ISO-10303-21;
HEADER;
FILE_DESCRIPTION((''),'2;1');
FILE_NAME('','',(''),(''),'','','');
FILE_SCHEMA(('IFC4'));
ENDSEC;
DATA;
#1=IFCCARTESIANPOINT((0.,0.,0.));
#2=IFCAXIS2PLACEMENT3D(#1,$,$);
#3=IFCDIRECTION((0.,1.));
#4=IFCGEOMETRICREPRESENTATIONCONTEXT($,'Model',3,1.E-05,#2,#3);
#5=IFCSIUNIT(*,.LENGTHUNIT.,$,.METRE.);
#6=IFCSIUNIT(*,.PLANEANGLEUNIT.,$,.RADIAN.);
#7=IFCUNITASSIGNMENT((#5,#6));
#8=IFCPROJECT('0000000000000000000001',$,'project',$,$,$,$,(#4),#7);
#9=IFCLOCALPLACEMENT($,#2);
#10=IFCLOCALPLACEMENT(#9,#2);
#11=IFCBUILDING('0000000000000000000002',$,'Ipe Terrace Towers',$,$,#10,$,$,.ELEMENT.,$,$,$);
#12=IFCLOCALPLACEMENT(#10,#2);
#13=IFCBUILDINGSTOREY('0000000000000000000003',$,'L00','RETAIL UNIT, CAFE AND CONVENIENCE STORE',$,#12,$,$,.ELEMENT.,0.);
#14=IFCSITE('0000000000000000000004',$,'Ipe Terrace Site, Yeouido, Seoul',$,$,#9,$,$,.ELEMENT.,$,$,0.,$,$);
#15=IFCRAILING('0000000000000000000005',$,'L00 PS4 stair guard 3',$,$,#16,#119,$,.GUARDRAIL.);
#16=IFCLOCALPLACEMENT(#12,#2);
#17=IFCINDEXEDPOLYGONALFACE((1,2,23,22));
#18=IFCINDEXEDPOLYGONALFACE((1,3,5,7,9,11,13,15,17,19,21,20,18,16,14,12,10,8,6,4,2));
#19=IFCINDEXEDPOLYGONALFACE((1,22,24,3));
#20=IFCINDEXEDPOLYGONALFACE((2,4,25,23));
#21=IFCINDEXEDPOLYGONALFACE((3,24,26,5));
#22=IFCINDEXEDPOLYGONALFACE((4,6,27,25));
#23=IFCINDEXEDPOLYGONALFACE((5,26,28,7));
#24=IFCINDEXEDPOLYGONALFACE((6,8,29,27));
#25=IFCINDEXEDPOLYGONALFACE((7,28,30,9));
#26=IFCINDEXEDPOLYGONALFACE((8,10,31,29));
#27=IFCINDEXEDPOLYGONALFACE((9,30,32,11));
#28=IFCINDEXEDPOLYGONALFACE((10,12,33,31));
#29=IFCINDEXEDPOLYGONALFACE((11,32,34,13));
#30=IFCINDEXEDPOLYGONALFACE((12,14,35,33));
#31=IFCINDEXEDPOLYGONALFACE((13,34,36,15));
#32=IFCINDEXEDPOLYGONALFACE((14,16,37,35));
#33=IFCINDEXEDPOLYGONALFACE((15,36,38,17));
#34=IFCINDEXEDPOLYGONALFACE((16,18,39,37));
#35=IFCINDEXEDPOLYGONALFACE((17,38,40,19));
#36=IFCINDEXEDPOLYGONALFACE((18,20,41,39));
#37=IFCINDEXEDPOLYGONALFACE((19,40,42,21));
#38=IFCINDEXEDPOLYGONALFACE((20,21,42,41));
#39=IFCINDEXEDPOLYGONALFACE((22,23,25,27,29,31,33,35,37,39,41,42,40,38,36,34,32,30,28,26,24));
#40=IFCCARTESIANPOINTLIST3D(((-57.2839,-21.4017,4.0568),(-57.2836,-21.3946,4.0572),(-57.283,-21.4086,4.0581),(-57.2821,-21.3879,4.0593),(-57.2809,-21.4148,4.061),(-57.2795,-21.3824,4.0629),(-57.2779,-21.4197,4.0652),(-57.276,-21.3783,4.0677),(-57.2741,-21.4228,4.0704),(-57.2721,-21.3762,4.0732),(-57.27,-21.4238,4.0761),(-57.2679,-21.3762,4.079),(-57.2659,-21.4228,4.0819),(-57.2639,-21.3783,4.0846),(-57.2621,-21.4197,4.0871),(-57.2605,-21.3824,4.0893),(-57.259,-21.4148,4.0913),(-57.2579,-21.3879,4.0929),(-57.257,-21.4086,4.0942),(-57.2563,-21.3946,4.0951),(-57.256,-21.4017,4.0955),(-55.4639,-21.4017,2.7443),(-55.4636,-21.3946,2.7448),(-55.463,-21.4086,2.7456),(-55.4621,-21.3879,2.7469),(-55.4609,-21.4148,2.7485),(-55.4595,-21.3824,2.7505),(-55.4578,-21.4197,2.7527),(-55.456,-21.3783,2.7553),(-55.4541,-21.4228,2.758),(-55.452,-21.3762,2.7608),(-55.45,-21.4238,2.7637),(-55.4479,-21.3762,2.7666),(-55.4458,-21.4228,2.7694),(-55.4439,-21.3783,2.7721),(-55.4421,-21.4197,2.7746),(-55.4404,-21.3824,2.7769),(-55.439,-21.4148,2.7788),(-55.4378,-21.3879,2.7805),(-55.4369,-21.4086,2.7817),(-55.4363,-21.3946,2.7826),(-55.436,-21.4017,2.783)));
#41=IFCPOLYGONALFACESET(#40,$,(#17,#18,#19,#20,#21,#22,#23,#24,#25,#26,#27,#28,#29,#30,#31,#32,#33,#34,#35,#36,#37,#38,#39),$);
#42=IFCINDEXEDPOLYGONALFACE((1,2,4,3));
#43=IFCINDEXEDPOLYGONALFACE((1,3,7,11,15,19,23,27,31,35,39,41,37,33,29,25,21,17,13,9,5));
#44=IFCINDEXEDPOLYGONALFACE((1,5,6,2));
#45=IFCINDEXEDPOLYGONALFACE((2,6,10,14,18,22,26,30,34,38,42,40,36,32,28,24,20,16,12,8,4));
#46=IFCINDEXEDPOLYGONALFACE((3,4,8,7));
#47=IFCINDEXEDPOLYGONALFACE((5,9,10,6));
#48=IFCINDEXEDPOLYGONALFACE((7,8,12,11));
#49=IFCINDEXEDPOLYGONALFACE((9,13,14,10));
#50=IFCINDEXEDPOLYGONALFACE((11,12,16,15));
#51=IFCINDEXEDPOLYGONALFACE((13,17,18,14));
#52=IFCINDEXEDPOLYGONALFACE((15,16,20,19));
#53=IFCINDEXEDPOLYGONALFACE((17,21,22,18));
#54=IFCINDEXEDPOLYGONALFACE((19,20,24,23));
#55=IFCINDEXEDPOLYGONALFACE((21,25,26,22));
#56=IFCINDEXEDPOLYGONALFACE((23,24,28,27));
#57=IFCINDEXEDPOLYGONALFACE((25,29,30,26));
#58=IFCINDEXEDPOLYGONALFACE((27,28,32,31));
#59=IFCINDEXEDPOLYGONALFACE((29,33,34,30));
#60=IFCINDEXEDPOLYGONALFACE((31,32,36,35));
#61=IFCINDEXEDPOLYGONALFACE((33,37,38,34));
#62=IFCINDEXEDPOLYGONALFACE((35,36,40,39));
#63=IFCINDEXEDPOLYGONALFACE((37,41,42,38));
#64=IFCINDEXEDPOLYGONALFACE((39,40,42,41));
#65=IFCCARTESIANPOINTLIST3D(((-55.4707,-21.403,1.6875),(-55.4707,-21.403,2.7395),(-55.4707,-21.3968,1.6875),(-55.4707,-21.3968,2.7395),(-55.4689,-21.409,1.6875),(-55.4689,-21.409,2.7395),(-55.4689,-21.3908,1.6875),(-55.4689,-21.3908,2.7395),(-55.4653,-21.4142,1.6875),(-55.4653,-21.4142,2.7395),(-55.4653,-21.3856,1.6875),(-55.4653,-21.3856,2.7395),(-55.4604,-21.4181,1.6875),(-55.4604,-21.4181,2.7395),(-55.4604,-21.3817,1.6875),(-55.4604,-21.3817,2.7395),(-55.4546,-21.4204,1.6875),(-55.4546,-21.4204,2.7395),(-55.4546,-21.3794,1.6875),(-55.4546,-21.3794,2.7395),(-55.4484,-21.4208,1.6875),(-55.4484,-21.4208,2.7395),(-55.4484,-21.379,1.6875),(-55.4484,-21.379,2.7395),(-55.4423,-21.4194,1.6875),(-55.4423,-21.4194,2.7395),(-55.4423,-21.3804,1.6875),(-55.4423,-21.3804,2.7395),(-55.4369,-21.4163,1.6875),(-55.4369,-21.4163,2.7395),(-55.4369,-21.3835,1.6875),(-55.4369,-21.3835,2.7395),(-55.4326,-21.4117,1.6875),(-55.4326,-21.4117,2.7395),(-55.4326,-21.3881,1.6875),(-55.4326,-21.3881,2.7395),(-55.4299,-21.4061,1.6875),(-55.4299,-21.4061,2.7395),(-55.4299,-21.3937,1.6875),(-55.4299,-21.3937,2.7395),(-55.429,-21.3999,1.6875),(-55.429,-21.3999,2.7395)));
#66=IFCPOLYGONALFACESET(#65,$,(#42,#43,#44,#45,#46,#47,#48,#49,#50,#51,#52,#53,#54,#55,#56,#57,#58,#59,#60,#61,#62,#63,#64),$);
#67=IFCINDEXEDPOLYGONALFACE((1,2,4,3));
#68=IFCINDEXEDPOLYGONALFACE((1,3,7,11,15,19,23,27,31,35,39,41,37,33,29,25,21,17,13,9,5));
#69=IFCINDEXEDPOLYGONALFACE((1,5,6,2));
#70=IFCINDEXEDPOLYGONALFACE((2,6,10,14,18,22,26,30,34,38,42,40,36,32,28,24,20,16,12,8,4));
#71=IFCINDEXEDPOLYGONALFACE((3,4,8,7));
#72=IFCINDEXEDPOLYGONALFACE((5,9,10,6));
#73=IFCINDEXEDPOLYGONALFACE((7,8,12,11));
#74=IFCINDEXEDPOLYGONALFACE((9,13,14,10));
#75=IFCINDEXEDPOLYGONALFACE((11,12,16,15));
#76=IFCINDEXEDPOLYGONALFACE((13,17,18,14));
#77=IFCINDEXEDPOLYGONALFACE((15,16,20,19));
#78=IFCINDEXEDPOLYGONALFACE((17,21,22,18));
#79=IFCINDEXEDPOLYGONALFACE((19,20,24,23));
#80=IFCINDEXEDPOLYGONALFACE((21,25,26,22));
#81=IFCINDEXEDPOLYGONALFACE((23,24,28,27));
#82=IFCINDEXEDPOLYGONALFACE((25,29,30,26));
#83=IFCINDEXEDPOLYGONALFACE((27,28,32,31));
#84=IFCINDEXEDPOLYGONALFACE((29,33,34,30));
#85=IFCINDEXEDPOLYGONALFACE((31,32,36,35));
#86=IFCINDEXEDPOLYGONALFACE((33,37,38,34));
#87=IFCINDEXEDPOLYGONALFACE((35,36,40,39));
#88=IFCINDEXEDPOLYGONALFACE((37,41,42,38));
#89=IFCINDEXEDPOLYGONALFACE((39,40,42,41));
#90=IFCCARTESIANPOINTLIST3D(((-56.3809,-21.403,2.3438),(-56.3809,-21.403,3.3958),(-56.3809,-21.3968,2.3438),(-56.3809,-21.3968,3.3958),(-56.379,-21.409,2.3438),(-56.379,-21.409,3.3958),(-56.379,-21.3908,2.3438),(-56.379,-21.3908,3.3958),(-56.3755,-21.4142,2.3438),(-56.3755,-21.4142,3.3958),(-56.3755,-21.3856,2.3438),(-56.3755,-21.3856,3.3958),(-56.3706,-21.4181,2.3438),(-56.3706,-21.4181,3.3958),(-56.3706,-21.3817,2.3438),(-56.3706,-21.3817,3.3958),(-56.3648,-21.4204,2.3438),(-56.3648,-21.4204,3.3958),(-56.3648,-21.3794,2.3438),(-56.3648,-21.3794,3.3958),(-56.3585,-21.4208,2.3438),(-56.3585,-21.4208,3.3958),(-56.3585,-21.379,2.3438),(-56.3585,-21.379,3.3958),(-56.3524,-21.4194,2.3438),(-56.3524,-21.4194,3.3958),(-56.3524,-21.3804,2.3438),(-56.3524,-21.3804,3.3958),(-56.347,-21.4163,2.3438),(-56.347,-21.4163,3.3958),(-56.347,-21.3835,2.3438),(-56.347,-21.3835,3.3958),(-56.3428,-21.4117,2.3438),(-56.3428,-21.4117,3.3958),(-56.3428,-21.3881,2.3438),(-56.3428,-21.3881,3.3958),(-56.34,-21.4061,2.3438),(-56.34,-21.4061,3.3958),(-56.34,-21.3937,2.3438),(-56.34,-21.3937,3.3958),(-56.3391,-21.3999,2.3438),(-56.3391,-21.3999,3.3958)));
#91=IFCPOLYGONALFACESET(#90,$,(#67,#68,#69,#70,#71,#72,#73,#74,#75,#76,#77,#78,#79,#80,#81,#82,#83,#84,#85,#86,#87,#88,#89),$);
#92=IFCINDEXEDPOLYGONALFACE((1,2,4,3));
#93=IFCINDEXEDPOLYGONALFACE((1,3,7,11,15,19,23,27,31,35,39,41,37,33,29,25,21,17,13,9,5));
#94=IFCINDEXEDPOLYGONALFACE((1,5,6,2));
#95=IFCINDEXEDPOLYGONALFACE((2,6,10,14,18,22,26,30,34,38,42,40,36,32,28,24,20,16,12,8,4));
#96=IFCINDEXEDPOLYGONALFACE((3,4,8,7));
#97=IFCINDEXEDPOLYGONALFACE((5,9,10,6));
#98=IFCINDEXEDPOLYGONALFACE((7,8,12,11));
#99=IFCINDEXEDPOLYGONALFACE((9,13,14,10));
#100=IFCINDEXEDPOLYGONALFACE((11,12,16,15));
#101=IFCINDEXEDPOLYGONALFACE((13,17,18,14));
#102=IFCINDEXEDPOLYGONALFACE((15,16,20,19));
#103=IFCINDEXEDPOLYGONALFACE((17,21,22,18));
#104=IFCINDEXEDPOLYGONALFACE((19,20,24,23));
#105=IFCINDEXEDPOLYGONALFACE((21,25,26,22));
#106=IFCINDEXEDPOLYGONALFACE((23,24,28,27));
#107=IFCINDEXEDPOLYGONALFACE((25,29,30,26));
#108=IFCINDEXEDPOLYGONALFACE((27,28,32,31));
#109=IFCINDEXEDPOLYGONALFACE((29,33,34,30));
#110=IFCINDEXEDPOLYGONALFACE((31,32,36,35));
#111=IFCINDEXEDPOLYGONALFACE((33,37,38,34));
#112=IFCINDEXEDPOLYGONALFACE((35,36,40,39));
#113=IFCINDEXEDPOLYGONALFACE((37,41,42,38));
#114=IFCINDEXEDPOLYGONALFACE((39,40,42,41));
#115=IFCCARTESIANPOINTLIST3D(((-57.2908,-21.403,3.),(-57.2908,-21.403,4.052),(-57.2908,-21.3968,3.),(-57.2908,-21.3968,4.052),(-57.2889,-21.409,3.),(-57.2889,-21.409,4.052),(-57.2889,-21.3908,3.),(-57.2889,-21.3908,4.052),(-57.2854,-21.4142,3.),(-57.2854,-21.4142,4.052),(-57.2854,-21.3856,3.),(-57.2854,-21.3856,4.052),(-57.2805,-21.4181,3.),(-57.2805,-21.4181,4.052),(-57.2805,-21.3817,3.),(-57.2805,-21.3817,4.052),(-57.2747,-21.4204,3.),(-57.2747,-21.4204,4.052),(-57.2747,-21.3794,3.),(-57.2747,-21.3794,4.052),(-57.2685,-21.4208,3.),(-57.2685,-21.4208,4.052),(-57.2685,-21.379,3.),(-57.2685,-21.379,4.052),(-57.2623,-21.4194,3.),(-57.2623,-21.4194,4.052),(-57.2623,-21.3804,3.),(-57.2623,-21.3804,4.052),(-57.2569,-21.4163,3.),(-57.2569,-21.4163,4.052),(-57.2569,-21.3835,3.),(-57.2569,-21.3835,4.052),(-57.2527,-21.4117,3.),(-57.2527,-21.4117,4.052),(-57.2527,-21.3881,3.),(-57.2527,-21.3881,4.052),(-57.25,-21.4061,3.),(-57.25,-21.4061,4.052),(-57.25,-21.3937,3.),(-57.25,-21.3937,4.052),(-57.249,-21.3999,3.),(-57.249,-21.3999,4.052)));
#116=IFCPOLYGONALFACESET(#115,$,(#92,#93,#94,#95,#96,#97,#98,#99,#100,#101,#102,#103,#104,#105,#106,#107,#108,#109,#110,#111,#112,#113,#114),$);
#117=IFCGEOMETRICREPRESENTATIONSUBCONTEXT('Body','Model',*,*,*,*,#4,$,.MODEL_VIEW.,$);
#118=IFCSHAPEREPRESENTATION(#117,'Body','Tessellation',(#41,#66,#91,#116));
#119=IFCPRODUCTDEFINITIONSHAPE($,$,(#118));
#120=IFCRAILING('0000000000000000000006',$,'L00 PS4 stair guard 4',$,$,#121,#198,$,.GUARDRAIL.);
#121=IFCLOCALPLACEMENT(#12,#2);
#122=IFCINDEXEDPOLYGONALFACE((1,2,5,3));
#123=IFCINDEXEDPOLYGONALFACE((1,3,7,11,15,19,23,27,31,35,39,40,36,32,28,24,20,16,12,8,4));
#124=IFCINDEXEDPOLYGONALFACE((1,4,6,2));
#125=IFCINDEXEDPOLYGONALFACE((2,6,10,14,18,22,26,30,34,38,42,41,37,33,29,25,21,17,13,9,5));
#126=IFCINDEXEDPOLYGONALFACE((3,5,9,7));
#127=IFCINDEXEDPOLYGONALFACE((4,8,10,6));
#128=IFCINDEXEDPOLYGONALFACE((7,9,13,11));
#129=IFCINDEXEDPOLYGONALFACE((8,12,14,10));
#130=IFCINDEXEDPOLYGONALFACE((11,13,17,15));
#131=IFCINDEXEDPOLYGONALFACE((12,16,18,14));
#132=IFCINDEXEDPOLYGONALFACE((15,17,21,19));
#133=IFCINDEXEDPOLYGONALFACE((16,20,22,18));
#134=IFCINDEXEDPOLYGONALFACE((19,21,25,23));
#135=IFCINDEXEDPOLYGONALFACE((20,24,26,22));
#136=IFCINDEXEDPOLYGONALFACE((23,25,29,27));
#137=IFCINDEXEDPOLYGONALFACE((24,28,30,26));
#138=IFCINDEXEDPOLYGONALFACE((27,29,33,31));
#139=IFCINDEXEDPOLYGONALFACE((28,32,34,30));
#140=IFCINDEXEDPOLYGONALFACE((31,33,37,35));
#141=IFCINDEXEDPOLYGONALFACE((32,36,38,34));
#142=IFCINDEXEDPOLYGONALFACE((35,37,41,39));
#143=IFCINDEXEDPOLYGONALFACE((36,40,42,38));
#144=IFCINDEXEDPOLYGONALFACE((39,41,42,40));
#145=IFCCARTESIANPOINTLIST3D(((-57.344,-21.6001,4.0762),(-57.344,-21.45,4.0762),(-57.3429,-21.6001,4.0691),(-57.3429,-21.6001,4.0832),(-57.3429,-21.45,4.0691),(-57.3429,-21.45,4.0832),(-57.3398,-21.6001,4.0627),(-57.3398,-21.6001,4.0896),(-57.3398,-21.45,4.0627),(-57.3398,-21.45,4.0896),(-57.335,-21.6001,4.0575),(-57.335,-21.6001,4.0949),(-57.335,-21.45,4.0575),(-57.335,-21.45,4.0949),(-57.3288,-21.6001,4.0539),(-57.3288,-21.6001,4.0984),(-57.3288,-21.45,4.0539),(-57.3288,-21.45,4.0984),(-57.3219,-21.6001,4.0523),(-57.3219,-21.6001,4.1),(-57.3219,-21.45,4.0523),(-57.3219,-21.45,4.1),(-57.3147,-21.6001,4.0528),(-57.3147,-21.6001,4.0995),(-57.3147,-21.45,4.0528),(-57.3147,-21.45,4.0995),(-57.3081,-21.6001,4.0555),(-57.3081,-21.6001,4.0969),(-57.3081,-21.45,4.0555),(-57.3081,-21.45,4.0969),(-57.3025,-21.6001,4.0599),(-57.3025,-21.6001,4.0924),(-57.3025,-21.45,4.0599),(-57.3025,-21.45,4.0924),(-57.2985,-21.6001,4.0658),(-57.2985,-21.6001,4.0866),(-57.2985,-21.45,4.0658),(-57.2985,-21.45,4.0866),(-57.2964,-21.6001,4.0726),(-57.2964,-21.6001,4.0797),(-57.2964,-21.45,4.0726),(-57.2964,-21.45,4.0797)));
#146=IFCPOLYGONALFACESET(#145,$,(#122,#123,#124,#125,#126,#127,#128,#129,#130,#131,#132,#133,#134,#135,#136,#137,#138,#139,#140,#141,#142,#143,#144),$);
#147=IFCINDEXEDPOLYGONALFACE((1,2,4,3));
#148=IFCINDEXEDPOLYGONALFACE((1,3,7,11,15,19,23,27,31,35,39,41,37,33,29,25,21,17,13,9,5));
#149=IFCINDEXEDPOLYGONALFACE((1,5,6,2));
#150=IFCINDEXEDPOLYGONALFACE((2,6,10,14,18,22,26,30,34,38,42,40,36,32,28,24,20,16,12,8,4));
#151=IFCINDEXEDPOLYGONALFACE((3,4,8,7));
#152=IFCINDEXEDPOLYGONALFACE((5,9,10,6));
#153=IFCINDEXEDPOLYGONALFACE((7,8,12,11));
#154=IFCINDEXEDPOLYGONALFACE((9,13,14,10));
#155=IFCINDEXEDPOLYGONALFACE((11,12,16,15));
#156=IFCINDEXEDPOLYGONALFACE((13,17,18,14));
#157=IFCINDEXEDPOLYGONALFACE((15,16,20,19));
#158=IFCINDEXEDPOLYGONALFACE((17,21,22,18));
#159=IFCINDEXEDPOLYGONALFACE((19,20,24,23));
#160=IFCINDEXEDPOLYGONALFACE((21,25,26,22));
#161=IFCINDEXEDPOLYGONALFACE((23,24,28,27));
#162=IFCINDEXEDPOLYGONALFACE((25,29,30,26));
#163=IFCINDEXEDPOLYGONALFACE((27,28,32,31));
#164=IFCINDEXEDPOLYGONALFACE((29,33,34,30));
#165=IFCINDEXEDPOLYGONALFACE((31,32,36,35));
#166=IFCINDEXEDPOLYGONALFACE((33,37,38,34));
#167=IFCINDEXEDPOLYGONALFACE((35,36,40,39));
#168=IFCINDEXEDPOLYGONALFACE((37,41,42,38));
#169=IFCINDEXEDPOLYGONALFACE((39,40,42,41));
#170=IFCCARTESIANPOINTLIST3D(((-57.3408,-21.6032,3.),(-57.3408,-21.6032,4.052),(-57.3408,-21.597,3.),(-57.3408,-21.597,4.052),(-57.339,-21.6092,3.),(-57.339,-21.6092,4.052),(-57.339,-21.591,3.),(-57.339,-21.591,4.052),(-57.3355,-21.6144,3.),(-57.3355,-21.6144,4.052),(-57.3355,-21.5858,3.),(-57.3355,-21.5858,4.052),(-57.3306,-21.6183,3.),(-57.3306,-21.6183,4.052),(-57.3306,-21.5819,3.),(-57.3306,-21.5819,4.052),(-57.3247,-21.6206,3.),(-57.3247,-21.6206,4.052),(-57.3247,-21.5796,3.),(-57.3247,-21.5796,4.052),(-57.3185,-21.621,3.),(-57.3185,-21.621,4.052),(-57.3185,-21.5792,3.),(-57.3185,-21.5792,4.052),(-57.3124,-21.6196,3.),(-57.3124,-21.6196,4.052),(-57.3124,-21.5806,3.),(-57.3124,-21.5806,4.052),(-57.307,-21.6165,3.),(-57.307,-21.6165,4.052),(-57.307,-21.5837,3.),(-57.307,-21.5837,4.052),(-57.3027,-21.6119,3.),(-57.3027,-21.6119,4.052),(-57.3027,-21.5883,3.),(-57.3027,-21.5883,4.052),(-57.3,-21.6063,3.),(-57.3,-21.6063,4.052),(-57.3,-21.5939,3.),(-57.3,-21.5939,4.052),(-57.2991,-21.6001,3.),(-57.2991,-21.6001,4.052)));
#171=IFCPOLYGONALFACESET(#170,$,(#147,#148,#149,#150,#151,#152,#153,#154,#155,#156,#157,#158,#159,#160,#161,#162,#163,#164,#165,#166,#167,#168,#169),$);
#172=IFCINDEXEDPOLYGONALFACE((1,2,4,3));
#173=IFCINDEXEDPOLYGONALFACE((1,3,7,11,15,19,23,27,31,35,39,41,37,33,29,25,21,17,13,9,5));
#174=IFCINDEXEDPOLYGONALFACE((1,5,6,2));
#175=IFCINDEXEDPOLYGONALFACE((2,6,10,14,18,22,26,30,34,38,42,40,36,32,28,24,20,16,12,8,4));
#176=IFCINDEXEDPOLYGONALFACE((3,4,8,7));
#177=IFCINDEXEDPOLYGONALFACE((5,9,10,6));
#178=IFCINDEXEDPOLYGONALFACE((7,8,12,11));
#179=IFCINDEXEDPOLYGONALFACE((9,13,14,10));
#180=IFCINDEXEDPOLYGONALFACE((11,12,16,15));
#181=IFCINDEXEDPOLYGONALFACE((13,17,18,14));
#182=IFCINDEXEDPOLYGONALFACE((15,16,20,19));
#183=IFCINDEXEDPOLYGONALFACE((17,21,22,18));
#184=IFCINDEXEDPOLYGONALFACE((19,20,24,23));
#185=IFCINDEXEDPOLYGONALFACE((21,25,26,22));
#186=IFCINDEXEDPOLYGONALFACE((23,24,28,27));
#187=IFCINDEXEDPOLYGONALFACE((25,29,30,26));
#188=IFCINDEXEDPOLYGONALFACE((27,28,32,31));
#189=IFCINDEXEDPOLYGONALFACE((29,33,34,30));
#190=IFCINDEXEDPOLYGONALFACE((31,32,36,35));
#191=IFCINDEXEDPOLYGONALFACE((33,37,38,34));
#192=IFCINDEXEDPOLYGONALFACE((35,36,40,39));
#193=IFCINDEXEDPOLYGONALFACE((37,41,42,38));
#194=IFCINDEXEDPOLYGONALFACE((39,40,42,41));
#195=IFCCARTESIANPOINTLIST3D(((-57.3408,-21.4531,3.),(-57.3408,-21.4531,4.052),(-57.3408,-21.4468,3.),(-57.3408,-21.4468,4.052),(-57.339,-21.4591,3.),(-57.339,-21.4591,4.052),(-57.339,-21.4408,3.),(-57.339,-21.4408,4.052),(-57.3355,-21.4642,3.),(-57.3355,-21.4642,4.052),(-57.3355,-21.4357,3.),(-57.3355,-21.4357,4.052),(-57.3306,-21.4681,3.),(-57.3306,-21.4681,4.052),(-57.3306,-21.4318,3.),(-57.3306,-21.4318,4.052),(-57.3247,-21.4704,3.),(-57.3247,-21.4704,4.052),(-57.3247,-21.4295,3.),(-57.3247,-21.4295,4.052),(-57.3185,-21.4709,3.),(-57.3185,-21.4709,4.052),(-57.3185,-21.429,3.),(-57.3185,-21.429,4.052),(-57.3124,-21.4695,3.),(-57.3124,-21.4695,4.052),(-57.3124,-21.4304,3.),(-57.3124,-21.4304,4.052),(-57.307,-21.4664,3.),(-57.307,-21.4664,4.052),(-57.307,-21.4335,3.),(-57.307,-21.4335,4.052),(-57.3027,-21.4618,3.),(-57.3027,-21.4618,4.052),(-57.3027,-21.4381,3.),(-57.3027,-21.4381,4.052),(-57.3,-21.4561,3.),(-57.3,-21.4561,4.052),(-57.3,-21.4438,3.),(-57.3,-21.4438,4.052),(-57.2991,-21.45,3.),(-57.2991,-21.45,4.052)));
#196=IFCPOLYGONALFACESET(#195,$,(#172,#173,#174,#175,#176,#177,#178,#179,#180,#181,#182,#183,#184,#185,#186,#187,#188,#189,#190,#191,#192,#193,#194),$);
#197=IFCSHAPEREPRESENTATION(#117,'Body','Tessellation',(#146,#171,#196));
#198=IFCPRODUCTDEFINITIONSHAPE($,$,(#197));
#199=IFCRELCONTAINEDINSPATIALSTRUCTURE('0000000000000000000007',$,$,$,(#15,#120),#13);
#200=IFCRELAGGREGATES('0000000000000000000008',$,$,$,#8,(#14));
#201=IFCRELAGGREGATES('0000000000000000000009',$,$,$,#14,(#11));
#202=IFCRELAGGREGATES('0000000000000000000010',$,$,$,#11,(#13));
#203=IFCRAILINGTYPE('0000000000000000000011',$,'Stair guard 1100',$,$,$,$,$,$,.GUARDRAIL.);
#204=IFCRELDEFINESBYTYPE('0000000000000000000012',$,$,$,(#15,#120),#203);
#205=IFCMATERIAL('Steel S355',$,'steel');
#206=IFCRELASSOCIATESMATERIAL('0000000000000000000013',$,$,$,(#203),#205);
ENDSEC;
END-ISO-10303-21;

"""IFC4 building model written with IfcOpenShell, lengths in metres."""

from ifc_helpers import new_model, si_unit, direction, frame, origin, origin_2d, place, context, subcontext, project, spatial, circle, extrude, material, type_object, element, save


model = new_model("IFC4")

# Units and contexts
model_context = context("Model", 3, precision=1e-05, world=origin(), true_north=direction((0.0, 1.0)))
body_context = subcontext(model_context, "Body", "Model", "MODEL_VIEW")
ifc_project = project(units=[si_unit("LENGTHUNIT", "METRE"), si_unit("PLANEANGLEUNIT", "RADIAN")], contexts=[model_context])

# Site, building, storey
site_placement = place(None, origin())
site = spatial("IfcSite", under=ifc_project, at=site_placement, Name="Ipe Terrace Site, Yeouido, Seoul", CompositionType="ELEMENT", RefElevation=0.0)
building_placement = place(site_placement, origin())
building = spatial("IfcBuilding", under=site, at=building_placement, Name="Ipe Terrace Towers", CompositionType="ELEMENT")
storey_placement = place(building_placement, origin())
storey = spatial("IfcBuildingStorey", under=building, at=storey_placement, Name="L00", Description="RETAIL UNIT, CAFE AND CONVENIENCE STORE", CompositionType="ELEMENT", Elevation=0.0)

# Railings
ifc_material_1 = material(Name="Steel S355", Category="steel")
railing_type_1 = type_object("IfcRailingType", Name="Stair guard 1100", PredefinedType="GUARDRAIL", material=ifc_material_1)
railing_1_placement = place(storey_placement, frame((-55.45, -21.3999, 1.6875)))
element("IfcRailing", 1, at=railing_1_placement, inside=storey, type_object=railing_type_1, Name="L00 PS4 stair guard 3", PredefinedType="GUARDRAIL", context=body_context, shape_type="SweptSolid", body=[
    extrude(circle(Radius=0.0239, at=origin_2d()), frame((0.0, 0.0, 1.0762), z_axis=(-0.811101, 0.0, 0.584906), x_axis=(0.0, -1.0, 0.0)), (0.0, 0.0, 1.0), 2.2439),
    extrude(circle(Radius=0.021, at=origin_2d()), origin(), (0.0, 0.0, 1.0), 1.052),
    extrude(circle(Radius=0.021, at=origin_2d()), frame((-0.9102, 0.0, 0.6562)), (0.0, 0.0, 1.0), 1.052),
    extrude(circle(Radius=0.021, at=origin_2d()), frame((-1.8201, 0.0, 1.3125)), (0.0, 0.0, 1.0), 1.052),
])
railing_2_placement = place(storey_placement, frame((-57.3201, -21.6001, 3.0)))
element("IfcRailing", 2, at=railing_2_placement, inside=storey, type_object=railing_type_1, Name="L00 PS4 stair guard 4", PredefinedType="GUARDRAIL", context=body_context, shape_type="SweptSolid", body=[
    extrude(circle(Radius=0.0239, at=origin_2d()), frame((0.0, 0.0, 1.0762), z_axis=(0.0, 1.0, 0.0), x_axis=(-1.0, 0.0, 0.0)), (0.0, 0.0, 1.0), 0.1501),
    extrude(circle(Radius=0.021, at=origin_2d()), origin(), (0.0, 0.0, 1.0), 1.052),
    extrude(circle(Radius=0.021, at=origin_2d()), frame((0.0, 0.1501, 0.0)), (0.0, 0.0, 1.0), 1.052),
])

save(model, "model.ifc")
